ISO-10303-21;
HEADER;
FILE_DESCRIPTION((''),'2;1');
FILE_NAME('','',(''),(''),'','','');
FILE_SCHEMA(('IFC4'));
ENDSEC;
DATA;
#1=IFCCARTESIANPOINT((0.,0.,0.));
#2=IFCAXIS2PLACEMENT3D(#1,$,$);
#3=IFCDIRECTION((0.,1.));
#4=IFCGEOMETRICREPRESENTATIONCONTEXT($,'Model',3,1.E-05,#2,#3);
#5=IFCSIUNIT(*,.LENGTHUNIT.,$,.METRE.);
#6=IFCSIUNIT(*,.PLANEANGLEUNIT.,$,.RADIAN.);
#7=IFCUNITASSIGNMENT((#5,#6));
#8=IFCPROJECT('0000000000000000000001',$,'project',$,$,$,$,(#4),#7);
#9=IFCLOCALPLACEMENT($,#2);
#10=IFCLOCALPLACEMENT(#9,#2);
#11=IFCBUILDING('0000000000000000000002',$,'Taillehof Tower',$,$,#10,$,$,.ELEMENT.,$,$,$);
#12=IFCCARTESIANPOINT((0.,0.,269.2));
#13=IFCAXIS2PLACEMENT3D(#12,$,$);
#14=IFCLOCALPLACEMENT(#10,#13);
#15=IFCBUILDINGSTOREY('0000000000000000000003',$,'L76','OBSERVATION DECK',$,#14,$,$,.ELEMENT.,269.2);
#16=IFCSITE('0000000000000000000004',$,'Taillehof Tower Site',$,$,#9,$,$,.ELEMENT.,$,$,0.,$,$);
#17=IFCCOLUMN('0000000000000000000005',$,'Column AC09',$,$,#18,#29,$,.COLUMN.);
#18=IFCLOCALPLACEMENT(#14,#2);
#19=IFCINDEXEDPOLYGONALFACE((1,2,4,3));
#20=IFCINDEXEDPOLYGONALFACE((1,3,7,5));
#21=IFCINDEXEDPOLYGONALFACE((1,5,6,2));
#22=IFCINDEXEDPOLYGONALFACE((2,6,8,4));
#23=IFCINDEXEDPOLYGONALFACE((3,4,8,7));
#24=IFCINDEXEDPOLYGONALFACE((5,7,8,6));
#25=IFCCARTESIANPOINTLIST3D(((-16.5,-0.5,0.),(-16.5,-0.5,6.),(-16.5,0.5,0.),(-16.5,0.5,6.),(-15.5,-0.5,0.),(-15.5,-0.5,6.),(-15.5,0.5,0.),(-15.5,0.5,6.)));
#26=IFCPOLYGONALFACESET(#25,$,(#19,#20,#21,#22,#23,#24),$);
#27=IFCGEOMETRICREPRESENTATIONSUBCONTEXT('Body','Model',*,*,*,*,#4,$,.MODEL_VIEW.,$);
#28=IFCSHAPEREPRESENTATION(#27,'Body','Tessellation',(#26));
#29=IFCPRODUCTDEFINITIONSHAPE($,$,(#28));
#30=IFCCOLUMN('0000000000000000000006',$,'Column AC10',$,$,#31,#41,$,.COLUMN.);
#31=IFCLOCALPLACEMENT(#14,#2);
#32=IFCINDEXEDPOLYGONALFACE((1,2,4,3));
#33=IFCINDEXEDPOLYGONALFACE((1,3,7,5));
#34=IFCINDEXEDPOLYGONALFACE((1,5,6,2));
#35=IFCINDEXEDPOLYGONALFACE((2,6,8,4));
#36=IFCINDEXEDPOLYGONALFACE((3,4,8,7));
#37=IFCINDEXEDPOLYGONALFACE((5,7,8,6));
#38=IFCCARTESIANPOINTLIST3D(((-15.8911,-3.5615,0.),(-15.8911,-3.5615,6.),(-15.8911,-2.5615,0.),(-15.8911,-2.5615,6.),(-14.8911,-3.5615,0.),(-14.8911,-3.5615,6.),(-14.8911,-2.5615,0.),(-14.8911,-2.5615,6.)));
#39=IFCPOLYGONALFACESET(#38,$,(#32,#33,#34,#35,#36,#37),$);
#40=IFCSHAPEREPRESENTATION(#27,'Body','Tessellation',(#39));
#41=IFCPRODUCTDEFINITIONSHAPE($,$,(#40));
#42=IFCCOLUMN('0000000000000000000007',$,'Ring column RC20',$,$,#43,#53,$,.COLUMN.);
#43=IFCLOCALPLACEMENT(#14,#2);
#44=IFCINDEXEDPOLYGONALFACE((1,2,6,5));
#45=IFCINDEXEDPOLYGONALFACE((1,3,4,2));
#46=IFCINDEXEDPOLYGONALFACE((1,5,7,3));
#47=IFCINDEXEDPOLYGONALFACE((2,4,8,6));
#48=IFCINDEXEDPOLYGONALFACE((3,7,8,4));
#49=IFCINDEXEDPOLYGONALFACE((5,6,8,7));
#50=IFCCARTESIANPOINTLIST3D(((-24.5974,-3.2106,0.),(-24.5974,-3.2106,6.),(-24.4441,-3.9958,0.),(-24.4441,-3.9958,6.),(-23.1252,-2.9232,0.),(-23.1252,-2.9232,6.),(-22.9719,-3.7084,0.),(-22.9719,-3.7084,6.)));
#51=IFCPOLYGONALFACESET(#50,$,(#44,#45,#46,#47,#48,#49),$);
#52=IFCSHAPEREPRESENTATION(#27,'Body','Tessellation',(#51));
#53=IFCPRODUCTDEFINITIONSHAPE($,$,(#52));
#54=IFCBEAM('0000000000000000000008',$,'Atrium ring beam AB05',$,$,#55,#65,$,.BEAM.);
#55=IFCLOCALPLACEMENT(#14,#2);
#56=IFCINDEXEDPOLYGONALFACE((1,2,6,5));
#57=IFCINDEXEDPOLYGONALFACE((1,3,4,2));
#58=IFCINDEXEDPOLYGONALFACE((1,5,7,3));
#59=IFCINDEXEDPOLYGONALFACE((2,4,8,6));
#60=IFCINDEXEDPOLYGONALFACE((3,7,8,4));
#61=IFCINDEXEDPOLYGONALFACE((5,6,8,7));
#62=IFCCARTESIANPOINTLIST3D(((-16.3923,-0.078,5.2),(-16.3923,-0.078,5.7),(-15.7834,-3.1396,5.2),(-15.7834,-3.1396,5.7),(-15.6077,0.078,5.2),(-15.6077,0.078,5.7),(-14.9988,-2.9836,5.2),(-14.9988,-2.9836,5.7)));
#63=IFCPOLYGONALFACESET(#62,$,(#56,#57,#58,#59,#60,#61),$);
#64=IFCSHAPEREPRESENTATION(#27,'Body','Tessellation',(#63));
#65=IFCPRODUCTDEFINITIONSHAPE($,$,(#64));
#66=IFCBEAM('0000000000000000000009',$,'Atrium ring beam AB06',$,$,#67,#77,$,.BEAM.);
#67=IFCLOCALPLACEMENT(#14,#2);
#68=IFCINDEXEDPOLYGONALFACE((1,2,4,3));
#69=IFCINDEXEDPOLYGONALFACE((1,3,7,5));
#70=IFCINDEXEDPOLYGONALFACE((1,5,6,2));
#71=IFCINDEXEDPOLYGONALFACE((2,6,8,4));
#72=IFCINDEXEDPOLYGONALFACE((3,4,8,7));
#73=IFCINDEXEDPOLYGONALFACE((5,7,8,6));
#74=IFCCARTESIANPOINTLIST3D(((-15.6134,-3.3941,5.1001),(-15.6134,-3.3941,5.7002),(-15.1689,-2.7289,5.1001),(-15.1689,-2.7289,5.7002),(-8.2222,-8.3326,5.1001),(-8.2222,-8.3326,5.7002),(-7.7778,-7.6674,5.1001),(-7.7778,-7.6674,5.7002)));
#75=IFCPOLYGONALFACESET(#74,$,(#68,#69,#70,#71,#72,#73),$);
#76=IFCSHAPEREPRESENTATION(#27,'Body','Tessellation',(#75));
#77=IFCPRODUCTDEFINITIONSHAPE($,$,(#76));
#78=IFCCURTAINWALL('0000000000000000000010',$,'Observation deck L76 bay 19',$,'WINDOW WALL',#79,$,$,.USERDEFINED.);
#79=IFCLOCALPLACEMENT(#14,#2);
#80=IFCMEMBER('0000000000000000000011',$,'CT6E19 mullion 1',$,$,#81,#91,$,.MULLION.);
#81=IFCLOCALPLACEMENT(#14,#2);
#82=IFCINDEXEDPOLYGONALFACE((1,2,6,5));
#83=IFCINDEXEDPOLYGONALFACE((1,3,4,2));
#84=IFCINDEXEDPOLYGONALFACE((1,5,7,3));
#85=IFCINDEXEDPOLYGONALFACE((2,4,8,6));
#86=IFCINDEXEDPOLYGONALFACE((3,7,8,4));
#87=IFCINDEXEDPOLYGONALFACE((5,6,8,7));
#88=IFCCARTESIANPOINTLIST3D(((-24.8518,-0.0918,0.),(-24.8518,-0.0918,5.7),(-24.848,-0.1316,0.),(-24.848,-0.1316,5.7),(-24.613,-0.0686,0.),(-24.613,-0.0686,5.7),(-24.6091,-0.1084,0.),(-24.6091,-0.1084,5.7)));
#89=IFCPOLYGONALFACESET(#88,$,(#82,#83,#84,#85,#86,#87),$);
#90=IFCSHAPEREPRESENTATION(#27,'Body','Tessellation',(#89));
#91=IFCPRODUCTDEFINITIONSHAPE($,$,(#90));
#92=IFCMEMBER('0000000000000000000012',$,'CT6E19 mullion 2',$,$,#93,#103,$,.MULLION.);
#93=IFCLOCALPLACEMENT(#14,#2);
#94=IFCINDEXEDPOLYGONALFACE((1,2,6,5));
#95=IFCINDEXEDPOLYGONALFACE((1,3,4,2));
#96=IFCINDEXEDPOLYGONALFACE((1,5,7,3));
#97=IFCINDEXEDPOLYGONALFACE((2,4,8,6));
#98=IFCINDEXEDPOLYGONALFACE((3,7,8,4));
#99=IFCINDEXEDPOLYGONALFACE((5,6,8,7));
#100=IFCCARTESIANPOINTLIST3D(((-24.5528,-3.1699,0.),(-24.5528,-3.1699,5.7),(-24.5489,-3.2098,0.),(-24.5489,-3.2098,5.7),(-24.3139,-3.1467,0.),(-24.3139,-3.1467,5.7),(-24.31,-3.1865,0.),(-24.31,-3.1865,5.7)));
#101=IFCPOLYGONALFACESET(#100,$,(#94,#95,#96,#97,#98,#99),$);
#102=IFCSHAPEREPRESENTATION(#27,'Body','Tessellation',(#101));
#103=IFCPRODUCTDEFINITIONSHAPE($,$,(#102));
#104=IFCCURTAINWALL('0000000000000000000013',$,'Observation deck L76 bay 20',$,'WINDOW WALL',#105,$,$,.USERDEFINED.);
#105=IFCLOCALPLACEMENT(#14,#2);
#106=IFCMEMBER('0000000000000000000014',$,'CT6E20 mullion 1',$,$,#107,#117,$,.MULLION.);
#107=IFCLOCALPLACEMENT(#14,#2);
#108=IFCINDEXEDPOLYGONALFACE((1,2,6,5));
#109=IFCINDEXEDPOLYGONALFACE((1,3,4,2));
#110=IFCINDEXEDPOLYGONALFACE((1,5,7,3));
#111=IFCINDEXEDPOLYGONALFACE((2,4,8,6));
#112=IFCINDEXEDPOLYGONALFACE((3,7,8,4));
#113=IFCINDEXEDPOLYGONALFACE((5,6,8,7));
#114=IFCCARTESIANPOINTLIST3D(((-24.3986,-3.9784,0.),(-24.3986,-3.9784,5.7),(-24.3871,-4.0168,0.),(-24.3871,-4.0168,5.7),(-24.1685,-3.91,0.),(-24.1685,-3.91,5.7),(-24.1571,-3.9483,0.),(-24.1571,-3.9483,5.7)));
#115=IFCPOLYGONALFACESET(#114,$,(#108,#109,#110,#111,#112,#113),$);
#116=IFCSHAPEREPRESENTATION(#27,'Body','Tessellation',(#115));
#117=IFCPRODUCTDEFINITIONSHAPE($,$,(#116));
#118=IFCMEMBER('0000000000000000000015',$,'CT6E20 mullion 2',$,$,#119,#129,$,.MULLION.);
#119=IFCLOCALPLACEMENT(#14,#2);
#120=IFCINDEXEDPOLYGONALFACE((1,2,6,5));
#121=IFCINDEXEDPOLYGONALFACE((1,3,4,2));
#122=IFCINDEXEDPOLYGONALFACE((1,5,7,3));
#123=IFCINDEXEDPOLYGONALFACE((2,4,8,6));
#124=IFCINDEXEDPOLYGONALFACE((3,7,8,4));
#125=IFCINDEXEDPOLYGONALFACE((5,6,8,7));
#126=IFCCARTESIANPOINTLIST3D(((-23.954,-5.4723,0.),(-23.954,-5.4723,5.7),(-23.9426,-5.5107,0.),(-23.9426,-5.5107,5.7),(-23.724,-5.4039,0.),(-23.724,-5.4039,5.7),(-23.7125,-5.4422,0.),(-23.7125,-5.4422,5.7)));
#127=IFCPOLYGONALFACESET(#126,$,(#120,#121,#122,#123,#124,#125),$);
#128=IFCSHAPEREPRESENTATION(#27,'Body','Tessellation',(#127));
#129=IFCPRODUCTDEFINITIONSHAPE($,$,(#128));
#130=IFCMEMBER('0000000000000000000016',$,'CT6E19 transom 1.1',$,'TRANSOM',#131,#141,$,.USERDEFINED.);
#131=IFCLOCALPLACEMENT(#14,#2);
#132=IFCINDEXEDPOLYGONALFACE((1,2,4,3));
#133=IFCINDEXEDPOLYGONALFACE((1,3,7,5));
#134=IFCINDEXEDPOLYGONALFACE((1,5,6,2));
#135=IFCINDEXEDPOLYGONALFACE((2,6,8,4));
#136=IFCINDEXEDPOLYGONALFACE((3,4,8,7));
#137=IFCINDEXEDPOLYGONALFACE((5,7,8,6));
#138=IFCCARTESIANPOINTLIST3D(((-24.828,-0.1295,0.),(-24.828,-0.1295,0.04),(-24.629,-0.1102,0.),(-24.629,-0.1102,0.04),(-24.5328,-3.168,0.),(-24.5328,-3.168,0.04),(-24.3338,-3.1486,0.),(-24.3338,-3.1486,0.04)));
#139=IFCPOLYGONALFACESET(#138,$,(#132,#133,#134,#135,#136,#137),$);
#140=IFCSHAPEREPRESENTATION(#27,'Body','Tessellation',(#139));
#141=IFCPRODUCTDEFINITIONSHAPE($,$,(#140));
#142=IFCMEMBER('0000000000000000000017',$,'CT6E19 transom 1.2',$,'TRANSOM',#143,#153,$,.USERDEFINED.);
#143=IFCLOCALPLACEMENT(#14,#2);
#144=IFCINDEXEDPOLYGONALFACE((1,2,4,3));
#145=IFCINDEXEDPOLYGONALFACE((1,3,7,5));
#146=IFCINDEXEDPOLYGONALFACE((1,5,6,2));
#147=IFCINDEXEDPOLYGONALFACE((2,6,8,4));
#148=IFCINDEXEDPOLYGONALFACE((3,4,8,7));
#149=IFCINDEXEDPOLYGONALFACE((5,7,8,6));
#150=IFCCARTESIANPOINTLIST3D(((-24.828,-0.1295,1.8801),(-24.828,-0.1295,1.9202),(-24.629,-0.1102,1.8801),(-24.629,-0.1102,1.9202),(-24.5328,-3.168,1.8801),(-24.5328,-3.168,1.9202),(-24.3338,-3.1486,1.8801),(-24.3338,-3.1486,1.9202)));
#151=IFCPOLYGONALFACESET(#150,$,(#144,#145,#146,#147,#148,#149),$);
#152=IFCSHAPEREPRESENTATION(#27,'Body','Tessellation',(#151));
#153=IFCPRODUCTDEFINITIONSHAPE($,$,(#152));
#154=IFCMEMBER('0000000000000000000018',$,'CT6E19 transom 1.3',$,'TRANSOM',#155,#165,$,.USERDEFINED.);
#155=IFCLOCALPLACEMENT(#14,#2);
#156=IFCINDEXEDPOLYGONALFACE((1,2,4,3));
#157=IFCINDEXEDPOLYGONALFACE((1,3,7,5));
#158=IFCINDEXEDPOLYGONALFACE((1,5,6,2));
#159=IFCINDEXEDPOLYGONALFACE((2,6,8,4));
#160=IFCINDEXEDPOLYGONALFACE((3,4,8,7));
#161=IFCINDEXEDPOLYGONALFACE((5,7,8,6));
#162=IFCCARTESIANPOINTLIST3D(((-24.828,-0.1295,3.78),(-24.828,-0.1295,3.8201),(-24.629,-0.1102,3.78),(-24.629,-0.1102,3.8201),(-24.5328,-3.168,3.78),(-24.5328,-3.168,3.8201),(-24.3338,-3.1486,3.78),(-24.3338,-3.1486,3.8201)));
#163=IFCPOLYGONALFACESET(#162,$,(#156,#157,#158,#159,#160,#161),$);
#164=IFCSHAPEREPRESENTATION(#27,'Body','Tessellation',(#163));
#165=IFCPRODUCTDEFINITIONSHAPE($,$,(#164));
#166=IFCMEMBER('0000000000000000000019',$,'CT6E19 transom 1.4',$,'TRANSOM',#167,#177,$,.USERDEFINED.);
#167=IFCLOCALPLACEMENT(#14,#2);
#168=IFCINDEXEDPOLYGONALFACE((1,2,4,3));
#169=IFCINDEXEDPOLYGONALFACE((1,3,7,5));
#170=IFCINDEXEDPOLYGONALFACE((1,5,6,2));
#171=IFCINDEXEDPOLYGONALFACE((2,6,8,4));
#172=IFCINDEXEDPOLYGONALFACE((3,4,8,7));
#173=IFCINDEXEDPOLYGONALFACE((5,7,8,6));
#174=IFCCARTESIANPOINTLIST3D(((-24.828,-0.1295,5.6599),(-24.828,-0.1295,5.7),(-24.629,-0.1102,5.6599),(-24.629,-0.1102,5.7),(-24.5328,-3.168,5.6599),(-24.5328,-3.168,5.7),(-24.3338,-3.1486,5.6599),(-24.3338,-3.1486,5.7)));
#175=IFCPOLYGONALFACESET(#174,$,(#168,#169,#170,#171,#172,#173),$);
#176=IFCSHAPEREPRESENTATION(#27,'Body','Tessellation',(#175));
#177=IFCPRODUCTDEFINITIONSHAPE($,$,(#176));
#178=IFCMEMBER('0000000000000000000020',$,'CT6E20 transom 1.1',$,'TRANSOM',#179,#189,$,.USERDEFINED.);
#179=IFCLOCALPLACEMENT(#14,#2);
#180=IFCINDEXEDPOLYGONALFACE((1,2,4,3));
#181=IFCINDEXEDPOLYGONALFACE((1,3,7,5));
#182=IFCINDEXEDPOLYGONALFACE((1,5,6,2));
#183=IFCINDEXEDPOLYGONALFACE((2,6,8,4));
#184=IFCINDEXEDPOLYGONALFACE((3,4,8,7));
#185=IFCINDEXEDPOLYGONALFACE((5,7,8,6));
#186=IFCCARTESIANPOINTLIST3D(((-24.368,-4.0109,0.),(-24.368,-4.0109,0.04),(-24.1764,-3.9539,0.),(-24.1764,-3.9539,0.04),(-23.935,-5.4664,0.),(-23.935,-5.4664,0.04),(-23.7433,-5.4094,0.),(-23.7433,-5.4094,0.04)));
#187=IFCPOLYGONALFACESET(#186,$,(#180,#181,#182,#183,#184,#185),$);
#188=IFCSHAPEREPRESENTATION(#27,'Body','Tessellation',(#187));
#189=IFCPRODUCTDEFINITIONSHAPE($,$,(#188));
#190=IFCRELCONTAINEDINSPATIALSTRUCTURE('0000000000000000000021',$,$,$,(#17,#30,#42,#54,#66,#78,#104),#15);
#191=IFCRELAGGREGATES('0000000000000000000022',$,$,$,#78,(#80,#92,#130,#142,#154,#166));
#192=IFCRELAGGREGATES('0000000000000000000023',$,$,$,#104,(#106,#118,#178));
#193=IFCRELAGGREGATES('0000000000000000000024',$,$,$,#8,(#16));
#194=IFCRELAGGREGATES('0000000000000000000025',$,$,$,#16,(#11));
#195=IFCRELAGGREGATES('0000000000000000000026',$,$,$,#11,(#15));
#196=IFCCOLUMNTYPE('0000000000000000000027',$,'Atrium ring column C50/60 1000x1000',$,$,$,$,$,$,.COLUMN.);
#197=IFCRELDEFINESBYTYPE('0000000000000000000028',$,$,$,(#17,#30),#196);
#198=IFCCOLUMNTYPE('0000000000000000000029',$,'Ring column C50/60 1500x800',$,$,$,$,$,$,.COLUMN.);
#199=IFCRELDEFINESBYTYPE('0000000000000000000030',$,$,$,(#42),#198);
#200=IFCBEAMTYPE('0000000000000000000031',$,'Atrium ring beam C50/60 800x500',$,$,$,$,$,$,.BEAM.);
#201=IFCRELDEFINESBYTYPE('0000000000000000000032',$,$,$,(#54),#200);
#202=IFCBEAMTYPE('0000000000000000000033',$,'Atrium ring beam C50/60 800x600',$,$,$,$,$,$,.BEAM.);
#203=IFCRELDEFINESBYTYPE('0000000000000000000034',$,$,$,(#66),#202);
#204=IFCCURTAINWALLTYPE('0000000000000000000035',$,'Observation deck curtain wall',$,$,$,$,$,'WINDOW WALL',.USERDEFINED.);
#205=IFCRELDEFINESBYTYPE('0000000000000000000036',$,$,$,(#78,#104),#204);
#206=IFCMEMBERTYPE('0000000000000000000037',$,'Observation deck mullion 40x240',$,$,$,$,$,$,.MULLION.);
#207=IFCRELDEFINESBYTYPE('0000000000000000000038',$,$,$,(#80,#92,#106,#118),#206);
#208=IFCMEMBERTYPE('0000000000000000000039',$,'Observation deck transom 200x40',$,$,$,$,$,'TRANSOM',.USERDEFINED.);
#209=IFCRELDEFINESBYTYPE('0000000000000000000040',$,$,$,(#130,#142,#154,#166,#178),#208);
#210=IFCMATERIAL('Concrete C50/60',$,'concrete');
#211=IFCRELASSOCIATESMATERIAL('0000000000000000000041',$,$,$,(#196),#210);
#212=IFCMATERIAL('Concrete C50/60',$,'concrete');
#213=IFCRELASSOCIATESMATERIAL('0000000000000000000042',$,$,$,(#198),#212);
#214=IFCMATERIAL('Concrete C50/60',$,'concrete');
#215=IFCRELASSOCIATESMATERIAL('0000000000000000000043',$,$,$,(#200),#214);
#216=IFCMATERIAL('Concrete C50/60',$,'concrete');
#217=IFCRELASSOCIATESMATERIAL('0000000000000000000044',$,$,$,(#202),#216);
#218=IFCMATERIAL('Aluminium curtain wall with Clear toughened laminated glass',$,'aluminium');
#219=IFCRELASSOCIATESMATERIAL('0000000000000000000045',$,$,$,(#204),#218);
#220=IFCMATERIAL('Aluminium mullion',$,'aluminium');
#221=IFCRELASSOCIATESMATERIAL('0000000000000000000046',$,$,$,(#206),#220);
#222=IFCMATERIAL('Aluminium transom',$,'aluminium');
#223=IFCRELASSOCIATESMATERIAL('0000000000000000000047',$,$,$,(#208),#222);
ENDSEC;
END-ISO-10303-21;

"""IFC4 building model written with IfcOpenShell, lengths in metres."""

from ifc_helpers import new_model, si_unit, direction, frame, origin, origin_2d, place, context, subcontext, project, spatial, rectangle, extrude, material, material_profile, profile_set, type_object, element, aggregate, save


model = new_model("IFC4")

# Units and contexts
model_context = context("Model", 3, precision=1e-05, world=origin(), true_north=direction((0.0, 1.0)))
body_context = subcontext(model_context, "Body", "Model", "MODEL_VIEW")
ifc_project = project(units=[si_unit("LENGTHUNIT", "METRE"), si_unit("PLANEANGLEUNIT", "RADIAN")], contexts=[model_context])

# Site, building, storey
site_placement = place(None, origin())
site = spatial("IfcSite", under=ifc_project, at=site_placement, Name="Taillehof Tower Site", CompositionType="ELEMENT", RefElevation=0.0)
building_placement = place(site_placement, origin())
building = spatial("IfcBuilding", under=site, at=building_placement, Name="Taillehof Tower", CompositionType="ELEMENT")
storey_placement = place(building_placement, frame((0.0, 0.0, 269.2)))
storey = spatial("IfcBuildingStorey", under=building, at=storey_placement, Name="L76", Description="OBSERVATION DECK", CompositionType="ELEMENT", Elevation=269.2)

# Columns
ifc_material_1 = material(Name="Concrete C50/60", Category="concrete")
ifc_material_profile_1 = material_profile(ifc_material_1, rectangle(XDim=1.0, YDim=1.0, at=origin_2d()), Name="RC 1000x1000")
ifc_profile_set_1 = profile_set([ifc_material_profile_1], Name="Concrete C50/60")
column_type_1 = type_object("IfcColumnType", Name="Atrium ring column C50/60 1000x1000", PredefinedType="COLUMN", material=ifc_profile_set_1)
for number, where, z_axis, x_axis, name in (
    (1, (-16.0, 0.0, 0.0), (0.0, 0.0, 1.0), (1.0, 0.0, 0.0), "Column AC09"),
    (2, (-15.3911, -3.0615, 0.0), (0.0, 0.0, 1.0), (1.0, 0.0, 0.0), "Column AC10"),
):
    element("IfcColumn", number, at=place(storey_placement, frame(where, z_axis=z_axis, x_axis=x_axis)), inside=storey, type_object=column_type_1, Name=name, PredefinedType="COLUMN", context=body_context, shape_type="SweptSolid", body=[
        extrude(rectangle(XDim=1.0, YDim=1.0, at=origin_2d()), origin(), (0.0, 0.0, 1.0), 6.0),
    ])
ifc_material_2 = material(Name="Concrete C50/60", Category="concrete")
ifc_material_profile_2 = material_profile(ifc_material_2, rectangle(XDim=1.5, YDim=0.8, at=origin_2d()), Name="RC 1500x800")
ifc_profile_set_2 = profile_set([ifc_material_profile_2], Name="Concrete C50/60")
column_type_2 = type_object("IfcColumnType", Name="Ring column C50/60 1500x800", PredefinedType="COLUMN", material=ifc_profile_set_2)
column_placement = place(storey_placement, frame((-23.7847, -3.4595, 0.0), z_axis=(0.0, 0.0, 1.0), x_axis=(-0.981473, -0.191602, 0.0)))
element("IfcColumn", 3, at=column_placement, inside=storey, type_object=column_type_2, Name="Ring column RC20", PredefinedType="COLUMN", context=body_context, shape_type="SweptSolid", body=[
    extrude(rectangle(XDim=1.5, YDim=0.8, at=origin_2d()), origin(), (0.0, 0.0, 1.0), 6.0),
])

# Beams
ifc_material_3 = material(Name="Concrete C50/60", Category="concrete")
ifc_material_profile_3 = material_profile(ifc_material_3, rectangle(XDim=0.8, YDim=0.5, at=origin_2d()), Name="RC 800x500")
ifc_profile_set_3 = profile_set([ifc_material_profile_3], Name="Concrete C50/60")
beam_type_1 = type_object("IfcBeamType", Name="Atrium ring beam C50/60 800x500", PredefinedType="BEAM", material=ifc_profile_set_3)
beam_1_placement = place(storey_placement, frame((-16.0, 0.0, 5.45), z_axis=(0.195063, -0.980791, 0.0), x_axis=(0.980791, 0.195063, 0.0)))
element("IfcBeam", 4, at=beam_1_placement, inside=storey, type_object=beam_type_1, Name="Atrium ring beam AB05", PredefinedType="BEAM", context=body_context, shape_type="SweptSolid", body=[
    extrude(rectangle(XDim=0.8, YDim=0.5, at=origin_2d()), origin(), (0.0, 0.0, 1.0), 3.1216),
])
ifc_material_4 = material(Name="Concrete C50/60", Category="concrete")
ifc_material_profile_4 = material_profile(ifc_material_4, rectangle(XDim=0.8, YDim=0.6001, at=origin_2d()), Name="RC 800x600")
ifc_profile_set_4 = profile_set([ifc_material_profile_4], Name="Concrete C50/60")
beam_type_2 = type_object("IfcBeamType", Name="Atrium ring beam C50/60 800x600", PredefinedType="BEAM", material=ifc_profile_set_4)
beam_2_placement = place(storey_placement, frame((-15.3911, -3.0615, 5.4001), z_axis=(0.831475, -0.555562, 0.0), x_axis=(0.555562, 0.831475, 0.0)))
element("IfcBeam", 5, at=beam_2_placement, inside=storey, type_object=beam_type_2, Name="Atrium ring beam AB06", PredefinedType="BEAM", context=body_context, shape_type="SweptSolid", body=[
    extrude(rectangle(XDim=0.8, YDim=0.6001, at=origin_2d()), origin(), (0.0, 0.0, 1.0), 8.8892),
])

# Curtain walls, members
ifc_material_5 = material(Name="Aluminium curtain wall with Clear toughened laminated glass", Category="aluminium")
curtain_wall_type = type_object("IfcCurtainWallType", Name="Observation deck curtain wall", ElementType="WINDOW WALL", PredefinedType="USERDEFINED", material=ifc_material_5)
curtain_wall_1_placement = place(storey_placement, origin())
curtain_wall_1 = element("IfcCurtainWall", 6, at=curtain_wall_1_placement, inside=storey, type_object=curtain_wall_type, Name="Observation deck L76 bay 19", ObjectType="WINDOW WALL", PredefinedType="USERDEFINED")
ifc_material_6 = material(Name="Aluminium mullion", Category="aluminium")
ifc_material_profile_5 = material_profile(ifc_material_6, rectangle(XDim=0.24, YDim=0.04, at=origin_2d()), Name="AL 40x240")
ifc_profile_set_5 = profile_set([ifc_material_profile_5], Name="Aluminium mullion")
member_type_1 = type_object("IfcMemberType", Name="Observation deck mullion 40x240", PredefinedType="MULLION", material=ifc_profile_set_5)
member_1_placement = place(storey_placement, frame((-24.7305, -0.1001, 0.0), z_axis=(0.0, 0.0, 1.0), x_axis=(0.995312, 0.096714, 0.0)))
member_1 = element("IfcMember", 7, at=member_1_placement, type_object=member_type_1, Name="CT6E19 mullion 1", PredefinedType="MULLION", context=body_context, shape_type="SweptSolid", body=[
    extrude(rectangle(XDim=0.24, YDim=0.04, at=origin_2d()), origin(), (0.0, 0.0, 1.0), 5.7),
])
member_2_placement = place(storey_placement, frame((-24.4314, -3.1782, 0.0), z_axis=(0.0, 0.0, 1.0), x_axis=(0.995312, 0.096714, 0.0)))
member_2 = element("IfcMember", 8, at=member_2_placement, type_object=member_type_1, Name="CT6E19 mullion 2", PredefinedType="MULLION", context=body_context, shape_type="SweptSolid", body=[
    extrude(rectangle(XDim=0.24, YDim=0.04, at=origin_2d()), origin(), (0.0, 0.0, 1.0), 5.7),
])
curtain_wall_2_placement = place(storey_placement, origin())
curtain_wall_2 = element("IfcCurtainWall", 9, at=curtain_wall_2_placement, inside=storey, type_object=curtain_wall_type, Name="Observation deck L76 bay 20", ObjectType="WINDOW WALL", PredefinedType="USERDEFINED")
member_3_placement = place(storey_placement, frame((-24.2778, -3.9634, 0.0), z_axis=(0.0, 0.0, 1.0), x_axis=(0.958457, 0.285236, 0.0)))
member_3 = element("IfcMember", 10, at=member_3_placement, type_object=member_type_1, Name="CT6E20 mullion 1", PredefinedType="MULLION", context=body_context, shape_type="SweptSolid", body=[
    extrude(rectangle(XDim=0.24, YDim=0.04, at=origin_2d()), origin(), (0.0, 0.0, 1.0), 5.7),
])
member_4_placement = place(storey_placement, frame((-23.8333, -5.4573, 0.0), z_axis=(0.0, 0.0, 1.0), x_axis=(0.958457, 0.285236, 0.0)))
member_4 = element("IfcMember", 11, at=member_4_placement, type_object=member_type_1, Name="CT6E20 mullion 2", PredefinedType="MULLION", context=body_context, shape_type="SweptSolid", body=[
    extrude(rectangle(XDim=0.24, YDim=0.04, at=origin_2d()), origin(), (0.0, 0.0, 1.0), 5.7),
])

# Members
ifc_material_7 = material(Name="Aluminium transom", Category="aluminium")
ifc_material_profile_6 = material_profile(ifc_material_7, rectangle(XDim=0.2, YDim=0.04, at=origin_2d()), Name="AL 200x40")
ifc_profile_set_6 = profile_set([ifc_material_profile_6], Name="Aluminium transom")
member_type_2 = type_object("IfcMemberType", Name="Observation deck transom 200x40", ElementType="TRANSOM", PredefinedType="USERDEFINED", material=ifc_profile_set_6)
member_5_placement = place(storey_placement, frame((-24.7285, -0.1199, 0.02), z_axis=(0.096692, -0.995314, 0.0), x_axis=(0.995314, 0.096692, 0.0)))
member_5 = element("IfcMember", 12, at=member_5_placement, type_object=member_type_2, Name="CT6E19 transom 1.1", ObjectType="TRANSOM", PredefinedType="USERDEFINED", context=body_context, shape_type="SweptSolid", body=[
    extrude(rectangle(XDim=0.2, YDim=0.04, at=origin_2d()), origin(), (0.0, 0.0, 1.0), 3.0527),
])
member_6_placement = place(storey_placement, frame((-24.7285, -0.1199, 1.9001), z_axis=(0.096692, -0.995314, 0.0), x_axis=(0.995314, 0.096692, 0.0)))
member_6 = element("IfcMember", 13, at=member_6_placement, type_object=member_type_2, Name="CT6E19 transom 1.2", ObjectType="TRANSOM", PredefinedType="USERDEFINED", context=body_context, shape_type="SweptSolid", body=[
    extrude(rectangle(XDim=0.2, YDim=0.04, at=origin_2d()), origin(), (0.0, 0.0, 1.0), 3.0527),
])
member_7_placement = place(storey_placement, frame((-24.7285, -0.1199, 3.8), z_axis=(0.096692, -0.995314, 0.0), x_axis=(0.995314, 0.096692, 0.0)))
member_7 = element("IfcMember", 14, at=member_7_placement, type_object=member_type_2, Name="CT6E19 transom 1.3", ObjectType="TRANSOM", PredefinedType="USERDEFINED", context=body_context, shape_type="SweptSolid", body=[
    extrude(rectangle(XDim=0.2, YDim=0.04, at=origin_2d()), origin(), (0.0, 0.0, 1.0), 3.0527),
])
member_8_placement = place(storey_placement, frame((-24.7285, -0.1199, 5.6799), z_axis=(0.096692, -0.995314, 0.0), x_axis=(0.995314, 0.096692, 0.0)))
member_8 = element("IfcMember", 15, at=member_8_placement, type_object=member_type_2, Name="CT6E19 transom 1.4", ObjectType="TRANSOM", PredefinedType="USERDEFINED", context=body_context, shape_type="SweptSolid", body=[
    extrude(rectangle(XDim=0.2, YDim=0.04, at=origin_2d()), origin(), (0.0, 0.0, 1.0), 3.0527),
])
member_9_placement = place(storey_placement, frame((-24.2722, -3.9824, 0.02), z_axis=(0.285194, -0.95847, 0.0), x_axis=(0.95847, 0.285194, 0.0)))
member_9 = element("IfcMember", 16, at=member_9_placement, type_object=member_type_2, Name="CT6E20 transom 1.1", ObjectType="TRANSOM", PredefinedType="USERDEFINED", context=body_context, shape_type="SweptSolid", body=[
    extrude(rectangle(XDim=0.2, YDim=0.04, at=origin_2d()), origin(), (0.0, 0.0, 1.0), 1.5186),
])

aggregate(curtain_wall_1, [member_1, member_2, member_5, member_6, member_7, member_8])
aggregate(curtain_wall_2, [member_3, member_4, member_9])

save(model, "model.ifc")
